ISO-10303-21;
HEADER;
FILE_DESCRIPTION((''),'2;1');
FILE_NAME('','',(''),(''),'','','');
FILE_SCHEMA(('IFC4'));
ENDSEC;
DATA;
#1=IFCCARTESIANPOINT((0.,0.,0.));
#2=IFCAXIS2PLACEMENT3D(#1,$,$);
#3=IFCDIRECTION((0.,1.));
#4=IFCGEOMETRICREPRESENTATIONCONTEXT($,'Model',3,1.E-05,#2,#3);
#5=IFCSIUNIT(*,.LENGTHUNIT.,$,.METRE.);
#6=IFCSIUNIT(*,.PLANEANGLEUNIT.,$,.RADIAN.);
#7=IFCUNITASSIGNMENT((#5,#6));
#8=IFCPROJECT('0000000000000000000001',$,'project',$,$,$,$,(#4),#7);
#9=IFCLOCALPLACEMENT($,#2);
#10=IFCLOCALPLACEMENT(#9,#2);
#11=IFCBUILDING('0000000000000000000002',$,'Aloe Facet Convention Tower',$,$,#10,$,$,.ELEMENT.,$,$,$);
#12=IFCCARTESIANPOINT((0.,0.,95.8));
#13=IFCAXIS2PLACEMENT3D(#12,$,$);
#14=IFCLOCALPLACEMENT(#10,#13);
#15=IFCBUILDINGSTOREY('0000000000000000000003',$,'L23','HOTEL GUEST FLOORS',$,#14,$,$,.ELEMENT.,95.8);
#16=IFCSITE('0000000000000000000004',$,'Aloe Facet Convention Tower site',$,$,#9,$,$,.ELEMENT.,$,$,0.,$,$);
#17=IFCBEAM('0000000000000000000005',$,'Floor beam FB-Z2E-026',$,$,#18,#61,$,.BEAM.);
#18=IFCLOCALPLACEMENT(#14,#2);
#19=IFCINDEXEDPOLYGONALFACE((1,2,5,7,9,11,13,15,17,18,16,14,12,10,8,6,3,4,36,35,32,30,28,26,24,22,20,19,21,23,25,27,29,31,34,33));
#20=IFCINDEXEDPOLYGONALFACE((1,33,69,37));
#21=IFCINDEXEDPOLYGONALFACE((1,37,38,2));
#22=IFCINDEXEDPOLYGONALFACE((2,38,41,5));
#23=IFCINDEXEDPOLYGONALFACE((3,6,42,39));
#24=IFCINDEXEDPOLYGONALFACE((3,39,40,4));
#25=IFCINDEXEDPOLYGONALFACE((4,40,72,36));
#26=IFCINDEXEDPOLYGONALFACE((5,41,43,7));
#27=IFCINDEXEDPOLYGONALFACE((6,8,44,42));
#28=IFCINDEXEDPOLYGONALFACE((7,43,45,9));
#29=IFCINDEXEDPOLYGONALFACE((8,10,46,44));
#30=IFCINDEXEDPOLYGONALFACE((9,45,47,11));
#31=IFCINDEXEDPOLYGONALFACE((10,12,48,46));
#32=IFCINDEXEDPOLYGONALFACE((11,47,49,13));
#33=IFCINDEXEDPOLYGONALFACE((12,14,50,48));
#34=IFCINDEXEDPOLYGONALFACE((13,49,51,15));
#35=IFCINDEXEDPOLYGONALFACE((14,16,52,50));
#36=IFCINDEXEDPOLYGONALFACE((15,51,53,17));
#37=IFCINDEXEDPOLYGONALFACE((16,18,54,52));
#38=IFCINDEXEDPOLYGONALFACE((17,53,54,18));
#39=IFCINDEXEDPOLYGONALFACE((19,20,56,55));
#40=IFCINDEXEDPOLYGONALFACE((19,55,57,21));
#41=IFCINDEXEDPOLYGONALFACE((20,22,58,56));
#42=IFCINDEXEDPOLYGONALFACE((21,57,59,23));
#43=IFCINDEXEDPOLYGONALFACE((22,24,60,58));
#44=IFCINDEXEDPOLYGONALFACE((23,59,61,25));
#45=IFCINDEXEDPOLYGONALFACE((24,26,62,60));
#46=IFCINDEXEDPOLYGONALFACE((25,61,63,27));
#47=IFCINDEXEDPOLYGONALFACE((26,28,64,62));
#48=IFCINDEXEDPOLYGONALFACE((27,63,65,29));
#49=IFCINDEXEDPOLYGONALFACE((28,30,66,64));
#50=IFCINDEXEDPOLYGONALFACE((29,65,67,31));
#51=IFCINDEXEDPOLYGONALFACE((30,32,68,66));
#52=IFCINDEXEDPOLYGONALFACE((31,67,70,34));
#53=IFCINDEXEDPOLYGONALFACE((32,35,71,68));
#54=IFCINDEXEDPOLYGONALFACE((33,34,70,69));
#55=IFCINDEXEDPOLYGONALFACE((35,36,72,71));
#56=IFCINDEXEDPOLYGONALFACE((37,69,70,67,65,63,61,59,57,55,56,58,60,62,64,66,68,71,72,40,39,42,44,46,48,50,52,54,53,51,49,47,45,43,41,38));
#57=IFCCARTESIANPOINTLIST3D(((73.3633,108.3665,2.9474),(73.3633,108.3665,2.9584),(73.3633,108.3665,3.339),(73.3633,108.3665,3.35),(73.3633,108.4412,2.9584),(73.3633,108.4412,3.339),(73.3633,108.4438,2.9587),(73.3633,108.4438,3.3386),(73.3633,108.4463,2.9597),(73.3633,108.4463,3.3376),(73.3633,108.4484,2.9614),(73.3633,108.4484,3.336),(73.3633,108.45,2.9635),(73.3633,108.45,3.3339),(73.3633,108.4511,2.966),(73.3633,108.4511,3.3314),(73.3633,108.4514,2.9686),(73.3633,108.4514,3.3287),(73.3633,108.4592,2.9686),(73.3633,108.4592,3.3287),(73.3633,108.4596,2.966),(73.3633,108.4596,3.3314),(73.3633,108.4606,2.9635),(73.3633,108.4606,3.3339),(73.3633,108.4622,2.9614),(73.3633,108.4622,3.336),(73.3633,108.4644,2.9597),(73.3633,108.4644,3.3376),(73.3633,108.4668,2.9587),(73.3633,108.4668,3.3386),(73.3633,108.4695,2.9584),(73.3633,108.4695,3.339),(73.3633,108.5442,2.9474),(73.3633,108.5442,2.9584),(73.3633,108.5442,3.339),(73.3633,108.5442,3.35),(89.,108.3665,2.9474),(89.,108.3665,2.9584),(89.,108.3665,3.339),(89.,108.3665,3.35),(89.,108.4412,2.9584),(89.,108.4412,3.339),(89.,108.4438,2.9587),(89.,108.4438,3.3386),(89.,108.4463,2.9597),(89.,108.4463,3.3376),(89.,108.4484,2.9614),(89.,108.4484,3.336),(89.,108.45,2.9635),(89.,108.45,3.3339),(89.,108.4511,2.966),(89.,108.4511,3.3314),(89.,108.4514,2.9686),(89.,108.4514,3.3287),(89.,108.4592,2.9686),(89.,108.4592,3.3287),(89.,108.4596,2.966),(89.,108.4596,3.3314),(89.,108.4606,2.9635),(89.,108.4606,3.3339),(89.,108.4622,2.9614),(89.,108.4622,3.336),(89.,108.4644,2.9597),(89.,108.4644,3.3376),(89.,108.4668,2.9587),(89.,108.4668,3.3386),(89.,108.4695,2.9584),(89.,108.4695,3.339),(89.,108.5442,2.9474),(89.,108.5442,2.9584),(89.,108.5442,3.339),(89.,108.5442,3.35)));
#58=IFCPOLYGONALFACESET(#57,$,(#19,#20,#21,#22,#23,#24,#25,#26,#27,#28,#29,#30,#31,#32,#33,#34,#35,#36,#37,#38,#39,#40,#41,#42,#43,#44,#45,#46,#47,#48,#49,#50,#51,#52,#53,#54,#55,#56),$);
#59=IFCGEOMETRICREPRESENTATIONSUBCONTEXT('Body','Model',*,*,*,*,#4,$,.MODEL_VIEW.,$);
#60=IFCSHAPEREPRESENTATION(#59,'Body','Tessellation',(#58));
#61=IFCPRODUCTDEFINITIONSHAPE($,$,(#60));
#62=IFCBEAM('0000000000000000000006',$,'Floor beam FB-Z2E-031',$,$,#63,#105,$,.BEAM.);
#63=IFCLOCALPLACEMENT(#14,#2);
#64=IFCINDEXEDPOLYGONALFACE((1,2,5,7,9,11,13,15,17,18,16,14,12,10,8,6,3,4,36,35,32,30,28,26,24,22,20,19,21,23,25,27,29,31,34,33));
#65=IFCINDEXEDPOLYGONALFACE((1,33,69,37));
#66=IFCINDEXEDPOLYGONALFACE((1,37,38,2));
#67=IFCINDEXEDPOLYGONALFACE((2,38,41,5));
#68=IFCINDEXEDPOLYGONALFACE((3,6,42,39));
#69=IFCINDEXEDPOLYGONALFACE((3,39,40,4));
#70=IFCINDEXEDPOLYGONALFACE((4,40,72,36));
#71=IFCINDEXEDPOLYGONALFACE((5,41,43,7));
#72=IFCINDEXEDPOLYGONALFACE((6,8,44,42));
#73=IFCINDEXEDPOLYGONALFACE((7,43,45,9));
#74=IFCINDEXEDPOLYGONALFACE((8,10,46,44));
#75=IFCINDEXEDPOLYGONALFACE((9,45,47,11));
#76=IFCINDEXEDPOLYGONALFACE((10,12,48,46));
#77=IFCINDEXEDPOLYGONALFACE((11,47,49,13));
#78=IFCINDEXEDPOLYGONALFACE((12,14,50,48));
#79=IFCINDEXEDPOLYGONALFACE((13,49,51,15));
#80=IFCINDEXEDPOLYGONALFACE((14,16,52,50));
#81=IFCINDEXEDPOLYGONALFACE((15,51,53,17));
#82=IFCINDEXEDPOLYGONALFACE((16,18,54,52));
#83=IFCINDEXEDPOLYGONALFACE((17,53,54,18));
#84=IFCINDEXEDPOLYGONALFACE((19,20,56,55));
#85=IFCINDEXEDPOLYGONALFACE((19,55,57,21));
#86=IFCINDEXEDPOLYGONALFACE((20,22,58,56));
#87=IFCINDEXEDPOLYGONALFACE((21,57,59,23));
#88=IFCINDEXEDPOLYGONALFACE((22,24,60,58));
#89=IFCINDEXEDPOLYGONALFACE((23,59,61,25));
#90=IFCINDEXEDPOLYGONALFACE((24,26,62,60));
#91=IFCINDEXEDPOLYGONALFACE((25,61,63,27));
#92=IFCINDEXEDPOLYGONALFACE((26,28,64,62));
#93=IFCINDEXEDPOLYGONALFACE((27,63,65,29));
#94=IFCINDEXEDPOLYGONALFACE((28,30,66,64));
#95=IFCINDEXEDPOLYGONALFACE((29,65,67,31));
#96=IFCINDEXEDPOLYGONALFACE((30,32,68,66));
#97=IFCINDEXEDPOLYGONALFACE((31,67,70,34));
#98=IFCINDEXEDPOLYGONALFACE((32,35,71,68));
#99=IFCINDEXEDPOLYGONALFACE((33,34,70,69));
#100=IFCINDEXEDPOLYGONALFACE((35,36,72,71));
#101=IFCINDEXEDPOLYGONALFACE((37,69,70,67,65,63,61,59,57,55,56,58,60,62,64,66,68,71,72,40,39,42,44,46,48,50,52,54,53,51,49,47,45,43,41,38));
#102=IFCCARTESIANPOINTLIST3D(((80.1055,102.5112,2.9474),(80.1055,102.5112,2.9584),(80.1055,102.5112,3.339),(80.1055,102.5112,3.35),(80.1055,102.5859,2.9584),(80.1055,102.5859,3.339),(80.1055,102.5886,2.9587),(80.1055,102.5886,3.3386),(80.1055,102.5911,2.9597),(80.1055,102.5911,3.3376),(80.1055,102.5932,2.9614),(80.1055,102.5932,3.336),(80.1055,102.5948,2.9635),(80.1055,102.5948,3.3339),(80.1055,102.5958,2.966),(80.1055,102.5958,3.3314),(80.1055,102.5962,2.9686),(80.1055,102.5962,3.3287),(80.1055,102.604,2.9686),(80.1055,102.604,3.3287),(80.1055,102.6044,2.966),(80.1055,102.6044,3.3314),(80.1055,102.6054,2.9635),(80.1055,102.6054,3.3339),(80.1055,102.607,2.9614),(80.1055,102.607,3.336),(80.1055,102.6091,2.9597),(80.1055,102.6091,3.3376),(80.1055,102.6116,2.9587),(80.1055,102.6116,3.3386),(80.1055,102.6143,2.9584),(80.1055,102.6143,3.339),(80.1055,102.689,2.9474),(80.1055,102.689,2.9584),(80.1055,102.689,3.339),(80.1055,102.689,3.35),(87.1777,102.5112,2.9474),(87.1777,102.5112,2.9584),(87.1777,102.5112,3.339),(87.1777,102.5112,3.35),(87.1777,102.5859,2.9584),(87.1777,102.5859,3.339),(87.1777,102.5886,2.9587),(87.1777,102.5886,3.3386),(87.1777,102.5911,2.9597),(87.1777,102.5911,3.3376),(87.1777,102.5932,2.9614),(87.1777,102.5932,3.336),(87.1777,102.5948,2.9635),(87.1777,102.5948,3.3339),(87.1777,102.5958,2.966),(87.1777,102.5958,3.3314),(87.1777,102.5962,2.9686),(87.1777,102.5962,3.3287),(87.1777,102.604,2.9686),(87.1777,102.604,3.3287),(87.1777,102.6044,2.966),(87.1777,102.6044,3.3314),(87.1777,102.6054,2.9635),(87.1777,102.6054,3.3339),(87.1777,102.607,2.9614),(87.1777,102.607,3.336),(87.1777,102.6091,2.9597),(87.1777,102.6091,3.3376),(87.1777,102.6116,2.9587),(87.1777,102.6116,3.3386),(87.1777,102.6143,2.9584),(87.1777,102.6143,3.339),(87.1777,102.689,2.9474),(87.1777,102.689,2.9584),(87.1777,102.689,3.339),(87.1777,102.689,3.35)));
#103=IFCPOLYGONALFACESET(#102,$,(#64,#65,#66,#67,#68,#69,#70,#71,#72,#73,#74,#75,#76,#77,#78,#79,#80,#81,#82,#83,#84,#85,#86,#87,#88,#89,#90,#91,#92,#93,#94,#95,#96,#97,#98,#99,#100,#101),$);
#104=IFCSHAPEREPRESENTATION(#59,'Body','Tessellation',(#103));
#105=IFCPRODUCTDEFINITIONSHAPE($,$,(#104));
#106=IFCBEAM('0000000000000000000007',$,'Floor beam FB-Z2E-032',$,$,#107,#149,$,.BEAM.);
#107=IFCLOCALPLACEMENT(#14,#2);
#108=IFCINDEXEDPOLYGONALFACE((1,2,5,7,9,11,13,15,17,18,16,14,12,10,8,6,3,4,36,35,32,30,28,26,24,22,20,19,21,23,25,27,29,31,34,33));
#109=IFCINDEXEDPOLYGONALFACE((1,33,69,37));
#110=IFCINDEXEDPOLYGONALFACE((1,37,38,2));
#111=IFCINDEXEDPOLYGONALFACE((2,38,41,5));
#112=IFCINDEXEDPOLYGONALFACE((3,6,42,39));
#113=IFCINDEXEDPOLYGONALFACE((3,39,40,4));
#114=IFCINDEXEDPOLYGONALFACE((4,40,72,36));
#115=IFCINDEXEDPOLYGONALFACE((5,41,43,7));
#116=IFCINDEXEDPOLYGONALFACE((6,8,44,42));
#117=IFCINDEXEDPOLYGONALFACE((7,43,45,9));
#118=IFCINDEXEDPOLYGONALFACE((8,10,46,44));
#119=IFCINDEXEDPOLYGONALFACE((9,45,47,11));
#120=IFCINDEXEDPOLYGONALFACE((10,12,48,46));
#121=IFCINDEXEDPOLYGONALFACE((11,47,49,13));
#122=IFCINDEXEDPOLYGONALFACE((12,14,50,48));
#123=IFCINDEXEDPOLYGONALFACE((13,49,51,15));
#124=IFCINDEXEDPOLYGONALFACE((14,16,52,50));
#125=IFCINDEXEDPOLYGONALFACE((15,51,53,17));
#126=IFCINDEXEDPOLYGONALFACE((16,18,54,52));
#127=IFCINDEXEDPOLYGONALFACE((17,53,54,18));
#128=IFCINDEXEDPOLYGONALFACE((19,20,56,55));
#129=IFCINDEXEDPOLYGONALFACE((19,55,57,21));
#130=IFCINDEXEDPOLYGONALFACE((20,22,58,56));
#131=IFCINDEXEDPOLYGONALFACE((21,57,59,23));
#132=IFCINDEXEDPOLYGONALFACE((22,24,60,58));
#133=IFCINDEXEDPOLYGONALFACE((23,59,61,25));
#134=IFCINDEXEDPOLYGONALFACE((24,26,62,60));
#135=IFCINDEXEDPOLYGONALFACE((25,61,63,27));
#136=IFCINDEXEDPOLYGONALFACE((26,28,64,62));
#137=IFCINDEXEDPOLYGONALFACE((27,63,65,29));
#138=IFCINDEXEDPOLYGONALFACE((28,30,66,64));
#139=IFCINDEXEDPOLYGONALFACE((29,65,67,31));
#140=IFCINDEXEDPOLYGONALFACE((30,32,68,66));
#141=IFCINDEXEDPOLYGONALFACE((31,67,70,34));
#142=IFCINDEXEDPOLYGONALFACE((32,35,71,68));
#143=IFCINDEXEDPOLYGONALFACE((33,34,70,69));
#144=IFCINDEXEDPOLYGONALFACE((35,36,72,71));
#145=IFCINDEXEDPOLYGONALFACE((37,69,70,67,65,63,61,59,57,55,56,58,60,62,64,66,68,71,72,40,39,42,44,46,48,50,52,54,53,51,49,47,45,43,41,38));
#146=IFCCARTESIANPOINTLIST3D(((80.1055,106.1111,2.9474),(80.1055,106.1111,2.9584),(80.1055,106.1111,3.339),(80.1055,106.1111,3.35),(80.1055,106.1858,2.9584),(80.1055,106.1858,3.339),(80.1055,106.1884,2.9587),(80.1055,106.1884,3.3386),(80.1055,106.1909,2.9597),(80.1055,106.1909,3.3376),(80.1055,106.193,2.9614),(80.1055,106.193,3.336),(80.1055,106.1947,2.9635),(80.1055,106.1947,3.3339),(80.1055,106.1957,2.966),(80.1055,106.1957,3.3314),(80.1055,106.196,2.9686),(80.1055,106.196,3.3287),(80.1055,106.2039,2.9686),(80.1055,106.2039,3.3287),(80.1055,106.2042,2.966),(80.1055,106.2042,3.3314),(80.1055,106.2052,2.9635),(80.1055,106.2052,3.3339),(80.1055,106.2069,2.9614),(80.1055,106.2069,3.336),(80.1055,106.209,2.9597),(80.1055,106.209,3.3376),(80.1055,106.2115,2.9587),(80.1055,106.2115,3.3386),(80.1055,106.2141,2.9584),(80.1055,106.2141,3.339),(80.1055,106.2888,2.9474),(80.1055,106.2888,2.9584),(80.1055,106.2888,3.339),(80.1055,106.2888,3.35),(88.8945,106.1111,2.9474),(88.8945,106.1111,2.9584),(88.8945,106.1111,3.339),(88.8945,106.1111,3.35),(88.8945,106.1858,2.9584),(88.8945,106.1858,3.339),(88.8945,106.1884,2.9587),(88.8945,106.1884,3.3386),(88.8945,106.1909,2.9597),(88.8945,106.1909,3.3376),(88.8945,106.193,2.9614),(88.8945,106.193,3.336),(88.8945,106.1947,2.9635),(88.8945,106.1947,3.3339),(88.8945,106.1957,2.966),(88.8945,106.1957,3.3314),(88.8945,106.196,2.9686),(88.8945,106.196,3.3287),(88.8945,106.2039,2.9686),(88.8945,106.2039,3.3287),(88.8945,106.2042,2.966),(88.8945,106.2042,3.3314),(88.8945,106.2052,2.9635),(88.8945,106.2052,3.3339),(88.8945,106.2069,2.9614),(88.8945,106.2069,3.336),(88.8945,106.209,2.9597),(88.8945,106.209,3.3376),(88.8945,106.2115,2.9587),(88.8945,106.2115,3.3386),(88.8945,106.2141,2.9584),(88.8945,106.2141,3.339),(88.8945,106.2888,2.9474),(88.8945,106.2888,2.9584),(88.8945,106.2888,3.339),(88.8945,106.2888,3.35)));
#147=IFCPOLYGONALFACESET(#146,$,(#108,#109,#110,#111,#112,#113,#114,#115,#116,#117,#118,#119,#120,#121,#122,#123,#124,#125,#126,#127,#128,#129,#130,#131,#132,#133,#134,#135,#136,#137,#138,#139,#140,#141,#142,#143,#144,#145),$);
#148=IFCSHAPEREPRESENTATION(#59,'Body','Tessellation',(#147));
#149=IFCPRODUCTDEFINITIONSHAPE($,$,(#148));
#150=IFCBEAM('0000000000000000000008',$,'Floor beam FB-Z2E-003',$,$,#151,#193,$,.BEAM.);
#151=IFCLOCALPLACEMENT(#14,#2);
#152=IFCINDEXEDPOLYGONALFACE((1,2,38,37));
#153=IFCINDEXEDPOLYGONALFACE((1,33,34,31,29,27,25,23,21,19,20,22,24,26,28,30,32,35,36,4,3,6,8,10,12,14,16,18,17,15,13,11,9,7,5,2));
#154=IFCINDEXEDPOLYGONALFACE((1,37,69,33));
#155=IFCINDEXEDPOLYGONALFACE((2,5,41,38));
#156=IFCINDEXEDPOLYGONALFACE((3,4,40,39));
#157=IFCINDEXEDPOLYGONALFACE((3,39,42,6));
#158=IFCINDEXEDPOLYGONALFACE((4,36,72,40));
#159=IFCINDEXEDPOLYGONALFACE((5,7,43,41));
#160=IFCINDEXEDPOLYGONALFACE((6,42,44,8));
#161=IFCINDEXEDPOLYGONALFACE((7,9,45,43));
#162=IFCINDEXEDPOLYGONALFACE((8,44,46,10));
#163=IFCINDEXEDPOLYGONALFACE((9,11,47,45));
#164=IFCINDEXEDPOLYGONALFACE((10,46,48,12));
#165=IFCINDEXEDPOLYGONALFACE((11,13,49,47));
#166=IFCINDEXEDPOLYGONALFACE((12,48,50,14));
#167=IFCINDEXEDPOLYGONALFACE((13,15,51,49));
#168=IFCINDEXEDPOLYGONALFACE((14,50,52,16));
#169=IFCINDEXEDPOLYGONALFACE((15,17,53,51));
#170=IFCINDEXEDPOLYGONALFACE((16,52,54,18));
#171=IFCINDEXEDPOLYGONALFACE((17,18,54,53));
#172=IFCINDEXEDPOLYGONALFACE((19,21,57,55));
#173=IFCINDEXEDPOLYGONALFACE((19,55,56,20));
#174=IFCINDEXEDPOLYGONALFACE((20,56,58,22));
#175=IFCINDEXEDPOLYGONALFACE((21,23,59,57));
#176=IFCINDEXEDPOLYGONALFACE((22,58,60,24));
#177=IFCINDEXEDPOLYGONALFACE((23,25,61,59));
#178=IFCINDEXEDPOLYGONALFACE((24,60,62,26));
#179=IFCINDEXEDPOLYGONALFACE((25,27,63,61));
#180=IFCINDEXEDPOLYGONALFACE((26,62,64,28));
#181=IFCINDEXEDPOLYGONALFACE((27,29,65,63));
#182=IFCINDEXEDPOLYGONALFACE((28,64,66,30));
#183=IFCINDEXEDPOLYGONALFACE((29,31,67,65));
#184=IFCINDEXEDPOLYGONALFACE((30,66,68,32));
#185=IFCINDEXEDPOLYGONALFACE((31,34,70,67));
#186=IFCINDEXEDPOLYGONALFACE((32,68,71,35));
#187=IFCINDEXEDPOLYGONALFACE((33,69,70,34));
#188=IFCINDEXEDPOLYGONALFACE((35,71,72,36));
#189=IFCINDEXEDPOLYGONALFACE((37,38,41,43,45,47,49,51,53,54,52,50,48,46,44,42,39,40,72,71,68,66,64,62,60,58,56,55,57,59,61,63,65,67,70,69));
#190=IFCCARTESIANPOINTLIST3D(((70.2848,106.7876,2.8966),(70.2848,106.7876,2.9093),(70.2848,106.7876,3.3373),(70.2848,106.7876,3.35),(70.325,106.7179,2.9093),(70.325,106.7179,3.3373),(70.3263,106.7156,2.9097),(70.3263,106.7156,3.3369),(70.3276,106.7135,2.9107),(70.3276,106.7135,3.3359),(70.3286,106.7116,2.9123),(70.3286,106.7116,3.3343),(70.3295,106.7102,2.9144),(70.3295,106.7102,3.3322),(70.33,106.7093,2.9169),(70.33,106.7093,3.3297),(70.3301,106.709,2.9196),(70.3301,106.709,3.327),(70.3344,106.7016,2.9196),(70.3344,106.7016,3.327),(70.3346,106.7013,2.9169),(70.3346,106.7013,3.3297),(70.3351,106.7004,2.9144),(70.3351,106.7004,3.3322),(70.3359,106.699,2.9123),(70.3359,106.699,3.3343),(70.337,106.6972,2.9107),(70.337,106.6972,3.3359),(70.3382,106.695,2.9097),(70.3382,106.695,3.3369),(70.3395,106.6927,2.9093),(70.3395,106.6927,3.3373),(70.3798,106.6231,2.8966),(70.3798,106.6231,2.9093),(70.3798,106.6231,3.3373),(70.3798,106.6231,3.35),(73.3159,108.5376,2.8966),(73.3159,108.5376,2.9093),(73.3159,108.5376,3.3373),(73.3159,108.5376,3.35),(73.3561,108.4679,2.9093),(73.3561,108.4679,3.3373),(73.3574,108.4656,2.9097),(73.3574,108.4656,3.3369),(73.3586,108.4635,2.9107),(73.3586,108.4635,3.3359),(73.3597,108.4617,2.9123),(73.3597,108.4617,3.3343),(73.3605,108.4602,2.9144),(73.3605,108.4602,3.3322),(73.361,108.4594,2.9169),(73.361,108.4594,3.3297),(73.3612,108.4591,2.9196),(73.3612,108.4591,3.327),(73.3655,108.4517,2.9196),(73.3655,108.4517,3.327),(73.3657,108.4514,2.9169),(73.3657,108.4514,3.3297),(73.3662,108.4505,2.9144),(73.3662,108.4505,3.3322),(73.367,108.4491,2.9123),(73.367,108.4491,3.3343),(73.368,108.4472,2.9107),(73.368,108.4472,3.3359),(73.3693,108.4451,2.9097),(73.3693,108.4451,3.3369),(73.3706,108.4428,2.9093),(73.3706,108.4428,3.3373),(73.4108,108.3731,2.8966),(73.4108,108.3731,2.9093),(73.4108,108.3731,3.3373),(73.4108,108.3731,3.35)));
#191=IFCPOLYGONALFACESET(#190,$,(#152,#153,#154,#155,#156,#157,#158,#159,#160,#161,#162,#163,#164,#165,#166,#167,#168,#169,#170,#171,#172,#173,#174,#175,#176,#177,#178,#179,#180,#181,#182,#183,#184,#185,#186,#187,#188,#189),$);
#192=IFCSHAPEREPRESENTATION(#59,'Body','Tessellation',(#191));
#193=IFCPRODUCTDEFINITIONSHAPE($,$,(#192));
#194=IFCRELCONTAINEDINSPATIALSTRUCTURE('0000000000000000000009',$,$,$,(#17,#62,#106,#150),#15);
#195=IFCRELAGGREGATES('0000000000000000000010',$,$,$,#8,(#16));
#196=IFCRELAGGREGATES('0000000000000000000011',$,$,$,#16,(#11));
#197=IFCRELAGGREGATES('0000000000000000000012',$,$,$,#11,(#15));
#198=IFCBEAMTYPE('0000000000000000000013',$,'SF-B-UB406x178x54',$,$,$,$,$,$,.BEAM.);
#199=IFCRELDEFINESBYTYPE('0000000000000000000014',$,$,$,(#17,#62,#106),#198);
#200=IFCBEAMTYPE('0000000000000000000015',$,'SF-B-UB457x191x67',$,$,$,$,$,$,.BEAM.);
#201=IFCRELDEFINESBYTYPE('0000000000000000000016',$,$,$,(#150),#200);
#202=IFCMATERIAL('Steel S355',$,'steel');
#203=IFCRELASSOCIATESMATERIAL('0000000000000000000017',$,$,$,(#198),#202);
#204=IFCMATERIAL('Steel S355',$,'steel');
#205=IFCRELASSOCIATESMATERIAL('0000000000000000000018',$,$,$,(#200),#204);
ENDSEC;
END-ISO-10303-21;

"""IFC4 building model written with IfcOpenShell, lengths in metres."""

from ifc_helpers import new_model, si_unit, direction, frame, origin, origin_2d, place, context, subcontext, project, spatial, i_section, extrude, material, material_profile, profile_set, type_object, element, save


model = new_model("IFC4")

# Units and contexts
model_context = context("Model", 3, precision=1e-05, world=origin(), true_north=direction((0.0, 1.0)))
body_context = subcontext(model_context, "Body", "Model", "MODEL_VIEW")
ifc_project = project(units=[si_unit("LENGTHUNIT", "METRE"), si_unit("PLANEANGLEUNIT", "RADIAN")], contexts=[model_context])

# Site, building, storey
site_placement = place(None, origin())
site = spatial("IfcSite", under=ifc_project, at=site_placement, Name="Aloe Facet Convention Tower site", CompositionType="ELEMENT", RefElevation=0.0)
building_placement = place(site_placement, origin())
building = spatial("IfcBuilding", under=site, at=building_placement, Name="Aloe Facet Convention Tower", CompositionType="ELEMENT")
storey_placement = place(building_placement, frame((0.0, 0.0, 95.8)))
storey = spatial("IfcBuildingStorey", under=building, at=storey_placement, Name="L23", Description="HOTEL GUEST FLOORS", CompositionType="ELEMENT", Elevation=95.8)

# Beams
ifc_material_1 = material(Name="Steel S355", Category="steel")
ifc_material_profile_1 = material_profile(ifc_material_1, i_section(OverallWidth=0.1777, OverallDepth=0.4026, WebThickness=0.0078, FlangeThickness=0.011, FilletRadius=0.0103, at=origin_2d()), Name="UB 406x178x54")
ifc_profile_set_1 = profile_set([ifc_material_profile_1], Name="Steel S355")
beam_type_1 = type_object("IfcBeamType", Name="SF-B-UB406x178x54", PredefinedType="BEAM", material=ifc_profile_set_1)
beam_1_placement = place(storey_placement, frame((73.3633, 108.4553, 3.1487), z_axis=(1.0, 0.0, 0.0), x_axis=(0.0, 1.0, 0.0)))
element("IfcBeam", 1, at=beam_1_placement, inside=storey, type_object=beam_type_1, Name="Floor beam FB-Z2E-026", PredefinedType="BEAM", context=body_context, shape_type="SweptSolid", body=[
    extrude(i_section(OverallWidth=0.1777, OverallDepth=0.4026, WebThickness=0.0078, FlangeThickness=0.011, FilletRadius=0.0103, at=origin_2d()), origin(), (0.0, 0.0, 1.0), 15.6367),
])
beam_2_placement = place(storey_placement, frame((80.1055, 102.6001, 3.1487), z_axis=(1.0, 0.0, 0.0), x_axis=(0.0, 1.0, 0.0)))
element("IfcBeam", 2, at=beam_2_placement, inside=storey, type_object=beam_type_1, Name="Floor beam FB-Z2E-031", PredefinedType="BEAM", context=body_context, shape_type="SweptSolid", body=[
    extrude(i_section(OverallWidth=0.1777, OverallDepth=0.4026, WebThickness=0.0078, FlangeThickness=0.011, FilletRadius=0.0103, at=origin_2d()), origin(), (0.0, 0.0, 1.0), 7.0723),
])
beam_3_placement = place(storey_placement, frame((80.1055, 106.2, 3.1487), z_axis=(1.0, 0.0, 0.0), x_axis=(0.0, 1.0, 0.0)))
element("IfcBeam", 3, at=beam_3_placement, inside=storey, type_object=beam_type_1, Name="Floor beam FB-Z2E-032", PredefinedType="BEAM", context=body_context, shape_type="SweptSolid", body=[
    extrude(i_section(OverallWidth=0.1777, OverallDepth=0.4026, WebThickness=0.0078, FlangeThickness=0.011, FilletRadius=0.0103, at=origin_2d()), origin(), (0.0, 0.0, 1.0), 8.7891),
])
ifc_material_2 = material(Name="Steel S355", Category="steel")
ifc_material_profile_2 = material_profile(ifc_material_2, i_section(OverallWidth=0.1899, OverallDepth=0.4534, WebThickness=0.0085, FlangeThickness=0.0127, FilletRadius=0.0103, at=origin_2d()), Name="UB 457x191x67")
ifc_profile_set_2 = profile_set([ifc_material_profile_2], Name="Steel S355")
beam_type_2 = type_object("IfcBeamType", Name="SF-B-UB457x191x67", PredefinedType="BEAM", material=ifc_profile_set_2)
beam_4_placement = place(storey_placement, frame((70.3323, 106.7053, 3.1233), z_axis=(0.866019, 0.50001, 0.0), x_axis=(-0.50001, 0.866019, 0.0)))
element("IfcBeam", 4, at=beam_4_placement, inside=storey, type_object=beam_type_2, Name="Floor beam FB-Z2E-003", PredefinedType="BEAM", context=body_context, shape_type="SweptSolid", body=[
    extrude(i_section(OverallWidth=0.1899, OverallDepth=0.4534, WebThickness=0.0085, FlangeThickness=0.0127, FilletRadius=0.0103, at=origin_2d()), origin(), (0.0, 0.0, 1.0), 3.5),
])

save(model, "model.ifc")
